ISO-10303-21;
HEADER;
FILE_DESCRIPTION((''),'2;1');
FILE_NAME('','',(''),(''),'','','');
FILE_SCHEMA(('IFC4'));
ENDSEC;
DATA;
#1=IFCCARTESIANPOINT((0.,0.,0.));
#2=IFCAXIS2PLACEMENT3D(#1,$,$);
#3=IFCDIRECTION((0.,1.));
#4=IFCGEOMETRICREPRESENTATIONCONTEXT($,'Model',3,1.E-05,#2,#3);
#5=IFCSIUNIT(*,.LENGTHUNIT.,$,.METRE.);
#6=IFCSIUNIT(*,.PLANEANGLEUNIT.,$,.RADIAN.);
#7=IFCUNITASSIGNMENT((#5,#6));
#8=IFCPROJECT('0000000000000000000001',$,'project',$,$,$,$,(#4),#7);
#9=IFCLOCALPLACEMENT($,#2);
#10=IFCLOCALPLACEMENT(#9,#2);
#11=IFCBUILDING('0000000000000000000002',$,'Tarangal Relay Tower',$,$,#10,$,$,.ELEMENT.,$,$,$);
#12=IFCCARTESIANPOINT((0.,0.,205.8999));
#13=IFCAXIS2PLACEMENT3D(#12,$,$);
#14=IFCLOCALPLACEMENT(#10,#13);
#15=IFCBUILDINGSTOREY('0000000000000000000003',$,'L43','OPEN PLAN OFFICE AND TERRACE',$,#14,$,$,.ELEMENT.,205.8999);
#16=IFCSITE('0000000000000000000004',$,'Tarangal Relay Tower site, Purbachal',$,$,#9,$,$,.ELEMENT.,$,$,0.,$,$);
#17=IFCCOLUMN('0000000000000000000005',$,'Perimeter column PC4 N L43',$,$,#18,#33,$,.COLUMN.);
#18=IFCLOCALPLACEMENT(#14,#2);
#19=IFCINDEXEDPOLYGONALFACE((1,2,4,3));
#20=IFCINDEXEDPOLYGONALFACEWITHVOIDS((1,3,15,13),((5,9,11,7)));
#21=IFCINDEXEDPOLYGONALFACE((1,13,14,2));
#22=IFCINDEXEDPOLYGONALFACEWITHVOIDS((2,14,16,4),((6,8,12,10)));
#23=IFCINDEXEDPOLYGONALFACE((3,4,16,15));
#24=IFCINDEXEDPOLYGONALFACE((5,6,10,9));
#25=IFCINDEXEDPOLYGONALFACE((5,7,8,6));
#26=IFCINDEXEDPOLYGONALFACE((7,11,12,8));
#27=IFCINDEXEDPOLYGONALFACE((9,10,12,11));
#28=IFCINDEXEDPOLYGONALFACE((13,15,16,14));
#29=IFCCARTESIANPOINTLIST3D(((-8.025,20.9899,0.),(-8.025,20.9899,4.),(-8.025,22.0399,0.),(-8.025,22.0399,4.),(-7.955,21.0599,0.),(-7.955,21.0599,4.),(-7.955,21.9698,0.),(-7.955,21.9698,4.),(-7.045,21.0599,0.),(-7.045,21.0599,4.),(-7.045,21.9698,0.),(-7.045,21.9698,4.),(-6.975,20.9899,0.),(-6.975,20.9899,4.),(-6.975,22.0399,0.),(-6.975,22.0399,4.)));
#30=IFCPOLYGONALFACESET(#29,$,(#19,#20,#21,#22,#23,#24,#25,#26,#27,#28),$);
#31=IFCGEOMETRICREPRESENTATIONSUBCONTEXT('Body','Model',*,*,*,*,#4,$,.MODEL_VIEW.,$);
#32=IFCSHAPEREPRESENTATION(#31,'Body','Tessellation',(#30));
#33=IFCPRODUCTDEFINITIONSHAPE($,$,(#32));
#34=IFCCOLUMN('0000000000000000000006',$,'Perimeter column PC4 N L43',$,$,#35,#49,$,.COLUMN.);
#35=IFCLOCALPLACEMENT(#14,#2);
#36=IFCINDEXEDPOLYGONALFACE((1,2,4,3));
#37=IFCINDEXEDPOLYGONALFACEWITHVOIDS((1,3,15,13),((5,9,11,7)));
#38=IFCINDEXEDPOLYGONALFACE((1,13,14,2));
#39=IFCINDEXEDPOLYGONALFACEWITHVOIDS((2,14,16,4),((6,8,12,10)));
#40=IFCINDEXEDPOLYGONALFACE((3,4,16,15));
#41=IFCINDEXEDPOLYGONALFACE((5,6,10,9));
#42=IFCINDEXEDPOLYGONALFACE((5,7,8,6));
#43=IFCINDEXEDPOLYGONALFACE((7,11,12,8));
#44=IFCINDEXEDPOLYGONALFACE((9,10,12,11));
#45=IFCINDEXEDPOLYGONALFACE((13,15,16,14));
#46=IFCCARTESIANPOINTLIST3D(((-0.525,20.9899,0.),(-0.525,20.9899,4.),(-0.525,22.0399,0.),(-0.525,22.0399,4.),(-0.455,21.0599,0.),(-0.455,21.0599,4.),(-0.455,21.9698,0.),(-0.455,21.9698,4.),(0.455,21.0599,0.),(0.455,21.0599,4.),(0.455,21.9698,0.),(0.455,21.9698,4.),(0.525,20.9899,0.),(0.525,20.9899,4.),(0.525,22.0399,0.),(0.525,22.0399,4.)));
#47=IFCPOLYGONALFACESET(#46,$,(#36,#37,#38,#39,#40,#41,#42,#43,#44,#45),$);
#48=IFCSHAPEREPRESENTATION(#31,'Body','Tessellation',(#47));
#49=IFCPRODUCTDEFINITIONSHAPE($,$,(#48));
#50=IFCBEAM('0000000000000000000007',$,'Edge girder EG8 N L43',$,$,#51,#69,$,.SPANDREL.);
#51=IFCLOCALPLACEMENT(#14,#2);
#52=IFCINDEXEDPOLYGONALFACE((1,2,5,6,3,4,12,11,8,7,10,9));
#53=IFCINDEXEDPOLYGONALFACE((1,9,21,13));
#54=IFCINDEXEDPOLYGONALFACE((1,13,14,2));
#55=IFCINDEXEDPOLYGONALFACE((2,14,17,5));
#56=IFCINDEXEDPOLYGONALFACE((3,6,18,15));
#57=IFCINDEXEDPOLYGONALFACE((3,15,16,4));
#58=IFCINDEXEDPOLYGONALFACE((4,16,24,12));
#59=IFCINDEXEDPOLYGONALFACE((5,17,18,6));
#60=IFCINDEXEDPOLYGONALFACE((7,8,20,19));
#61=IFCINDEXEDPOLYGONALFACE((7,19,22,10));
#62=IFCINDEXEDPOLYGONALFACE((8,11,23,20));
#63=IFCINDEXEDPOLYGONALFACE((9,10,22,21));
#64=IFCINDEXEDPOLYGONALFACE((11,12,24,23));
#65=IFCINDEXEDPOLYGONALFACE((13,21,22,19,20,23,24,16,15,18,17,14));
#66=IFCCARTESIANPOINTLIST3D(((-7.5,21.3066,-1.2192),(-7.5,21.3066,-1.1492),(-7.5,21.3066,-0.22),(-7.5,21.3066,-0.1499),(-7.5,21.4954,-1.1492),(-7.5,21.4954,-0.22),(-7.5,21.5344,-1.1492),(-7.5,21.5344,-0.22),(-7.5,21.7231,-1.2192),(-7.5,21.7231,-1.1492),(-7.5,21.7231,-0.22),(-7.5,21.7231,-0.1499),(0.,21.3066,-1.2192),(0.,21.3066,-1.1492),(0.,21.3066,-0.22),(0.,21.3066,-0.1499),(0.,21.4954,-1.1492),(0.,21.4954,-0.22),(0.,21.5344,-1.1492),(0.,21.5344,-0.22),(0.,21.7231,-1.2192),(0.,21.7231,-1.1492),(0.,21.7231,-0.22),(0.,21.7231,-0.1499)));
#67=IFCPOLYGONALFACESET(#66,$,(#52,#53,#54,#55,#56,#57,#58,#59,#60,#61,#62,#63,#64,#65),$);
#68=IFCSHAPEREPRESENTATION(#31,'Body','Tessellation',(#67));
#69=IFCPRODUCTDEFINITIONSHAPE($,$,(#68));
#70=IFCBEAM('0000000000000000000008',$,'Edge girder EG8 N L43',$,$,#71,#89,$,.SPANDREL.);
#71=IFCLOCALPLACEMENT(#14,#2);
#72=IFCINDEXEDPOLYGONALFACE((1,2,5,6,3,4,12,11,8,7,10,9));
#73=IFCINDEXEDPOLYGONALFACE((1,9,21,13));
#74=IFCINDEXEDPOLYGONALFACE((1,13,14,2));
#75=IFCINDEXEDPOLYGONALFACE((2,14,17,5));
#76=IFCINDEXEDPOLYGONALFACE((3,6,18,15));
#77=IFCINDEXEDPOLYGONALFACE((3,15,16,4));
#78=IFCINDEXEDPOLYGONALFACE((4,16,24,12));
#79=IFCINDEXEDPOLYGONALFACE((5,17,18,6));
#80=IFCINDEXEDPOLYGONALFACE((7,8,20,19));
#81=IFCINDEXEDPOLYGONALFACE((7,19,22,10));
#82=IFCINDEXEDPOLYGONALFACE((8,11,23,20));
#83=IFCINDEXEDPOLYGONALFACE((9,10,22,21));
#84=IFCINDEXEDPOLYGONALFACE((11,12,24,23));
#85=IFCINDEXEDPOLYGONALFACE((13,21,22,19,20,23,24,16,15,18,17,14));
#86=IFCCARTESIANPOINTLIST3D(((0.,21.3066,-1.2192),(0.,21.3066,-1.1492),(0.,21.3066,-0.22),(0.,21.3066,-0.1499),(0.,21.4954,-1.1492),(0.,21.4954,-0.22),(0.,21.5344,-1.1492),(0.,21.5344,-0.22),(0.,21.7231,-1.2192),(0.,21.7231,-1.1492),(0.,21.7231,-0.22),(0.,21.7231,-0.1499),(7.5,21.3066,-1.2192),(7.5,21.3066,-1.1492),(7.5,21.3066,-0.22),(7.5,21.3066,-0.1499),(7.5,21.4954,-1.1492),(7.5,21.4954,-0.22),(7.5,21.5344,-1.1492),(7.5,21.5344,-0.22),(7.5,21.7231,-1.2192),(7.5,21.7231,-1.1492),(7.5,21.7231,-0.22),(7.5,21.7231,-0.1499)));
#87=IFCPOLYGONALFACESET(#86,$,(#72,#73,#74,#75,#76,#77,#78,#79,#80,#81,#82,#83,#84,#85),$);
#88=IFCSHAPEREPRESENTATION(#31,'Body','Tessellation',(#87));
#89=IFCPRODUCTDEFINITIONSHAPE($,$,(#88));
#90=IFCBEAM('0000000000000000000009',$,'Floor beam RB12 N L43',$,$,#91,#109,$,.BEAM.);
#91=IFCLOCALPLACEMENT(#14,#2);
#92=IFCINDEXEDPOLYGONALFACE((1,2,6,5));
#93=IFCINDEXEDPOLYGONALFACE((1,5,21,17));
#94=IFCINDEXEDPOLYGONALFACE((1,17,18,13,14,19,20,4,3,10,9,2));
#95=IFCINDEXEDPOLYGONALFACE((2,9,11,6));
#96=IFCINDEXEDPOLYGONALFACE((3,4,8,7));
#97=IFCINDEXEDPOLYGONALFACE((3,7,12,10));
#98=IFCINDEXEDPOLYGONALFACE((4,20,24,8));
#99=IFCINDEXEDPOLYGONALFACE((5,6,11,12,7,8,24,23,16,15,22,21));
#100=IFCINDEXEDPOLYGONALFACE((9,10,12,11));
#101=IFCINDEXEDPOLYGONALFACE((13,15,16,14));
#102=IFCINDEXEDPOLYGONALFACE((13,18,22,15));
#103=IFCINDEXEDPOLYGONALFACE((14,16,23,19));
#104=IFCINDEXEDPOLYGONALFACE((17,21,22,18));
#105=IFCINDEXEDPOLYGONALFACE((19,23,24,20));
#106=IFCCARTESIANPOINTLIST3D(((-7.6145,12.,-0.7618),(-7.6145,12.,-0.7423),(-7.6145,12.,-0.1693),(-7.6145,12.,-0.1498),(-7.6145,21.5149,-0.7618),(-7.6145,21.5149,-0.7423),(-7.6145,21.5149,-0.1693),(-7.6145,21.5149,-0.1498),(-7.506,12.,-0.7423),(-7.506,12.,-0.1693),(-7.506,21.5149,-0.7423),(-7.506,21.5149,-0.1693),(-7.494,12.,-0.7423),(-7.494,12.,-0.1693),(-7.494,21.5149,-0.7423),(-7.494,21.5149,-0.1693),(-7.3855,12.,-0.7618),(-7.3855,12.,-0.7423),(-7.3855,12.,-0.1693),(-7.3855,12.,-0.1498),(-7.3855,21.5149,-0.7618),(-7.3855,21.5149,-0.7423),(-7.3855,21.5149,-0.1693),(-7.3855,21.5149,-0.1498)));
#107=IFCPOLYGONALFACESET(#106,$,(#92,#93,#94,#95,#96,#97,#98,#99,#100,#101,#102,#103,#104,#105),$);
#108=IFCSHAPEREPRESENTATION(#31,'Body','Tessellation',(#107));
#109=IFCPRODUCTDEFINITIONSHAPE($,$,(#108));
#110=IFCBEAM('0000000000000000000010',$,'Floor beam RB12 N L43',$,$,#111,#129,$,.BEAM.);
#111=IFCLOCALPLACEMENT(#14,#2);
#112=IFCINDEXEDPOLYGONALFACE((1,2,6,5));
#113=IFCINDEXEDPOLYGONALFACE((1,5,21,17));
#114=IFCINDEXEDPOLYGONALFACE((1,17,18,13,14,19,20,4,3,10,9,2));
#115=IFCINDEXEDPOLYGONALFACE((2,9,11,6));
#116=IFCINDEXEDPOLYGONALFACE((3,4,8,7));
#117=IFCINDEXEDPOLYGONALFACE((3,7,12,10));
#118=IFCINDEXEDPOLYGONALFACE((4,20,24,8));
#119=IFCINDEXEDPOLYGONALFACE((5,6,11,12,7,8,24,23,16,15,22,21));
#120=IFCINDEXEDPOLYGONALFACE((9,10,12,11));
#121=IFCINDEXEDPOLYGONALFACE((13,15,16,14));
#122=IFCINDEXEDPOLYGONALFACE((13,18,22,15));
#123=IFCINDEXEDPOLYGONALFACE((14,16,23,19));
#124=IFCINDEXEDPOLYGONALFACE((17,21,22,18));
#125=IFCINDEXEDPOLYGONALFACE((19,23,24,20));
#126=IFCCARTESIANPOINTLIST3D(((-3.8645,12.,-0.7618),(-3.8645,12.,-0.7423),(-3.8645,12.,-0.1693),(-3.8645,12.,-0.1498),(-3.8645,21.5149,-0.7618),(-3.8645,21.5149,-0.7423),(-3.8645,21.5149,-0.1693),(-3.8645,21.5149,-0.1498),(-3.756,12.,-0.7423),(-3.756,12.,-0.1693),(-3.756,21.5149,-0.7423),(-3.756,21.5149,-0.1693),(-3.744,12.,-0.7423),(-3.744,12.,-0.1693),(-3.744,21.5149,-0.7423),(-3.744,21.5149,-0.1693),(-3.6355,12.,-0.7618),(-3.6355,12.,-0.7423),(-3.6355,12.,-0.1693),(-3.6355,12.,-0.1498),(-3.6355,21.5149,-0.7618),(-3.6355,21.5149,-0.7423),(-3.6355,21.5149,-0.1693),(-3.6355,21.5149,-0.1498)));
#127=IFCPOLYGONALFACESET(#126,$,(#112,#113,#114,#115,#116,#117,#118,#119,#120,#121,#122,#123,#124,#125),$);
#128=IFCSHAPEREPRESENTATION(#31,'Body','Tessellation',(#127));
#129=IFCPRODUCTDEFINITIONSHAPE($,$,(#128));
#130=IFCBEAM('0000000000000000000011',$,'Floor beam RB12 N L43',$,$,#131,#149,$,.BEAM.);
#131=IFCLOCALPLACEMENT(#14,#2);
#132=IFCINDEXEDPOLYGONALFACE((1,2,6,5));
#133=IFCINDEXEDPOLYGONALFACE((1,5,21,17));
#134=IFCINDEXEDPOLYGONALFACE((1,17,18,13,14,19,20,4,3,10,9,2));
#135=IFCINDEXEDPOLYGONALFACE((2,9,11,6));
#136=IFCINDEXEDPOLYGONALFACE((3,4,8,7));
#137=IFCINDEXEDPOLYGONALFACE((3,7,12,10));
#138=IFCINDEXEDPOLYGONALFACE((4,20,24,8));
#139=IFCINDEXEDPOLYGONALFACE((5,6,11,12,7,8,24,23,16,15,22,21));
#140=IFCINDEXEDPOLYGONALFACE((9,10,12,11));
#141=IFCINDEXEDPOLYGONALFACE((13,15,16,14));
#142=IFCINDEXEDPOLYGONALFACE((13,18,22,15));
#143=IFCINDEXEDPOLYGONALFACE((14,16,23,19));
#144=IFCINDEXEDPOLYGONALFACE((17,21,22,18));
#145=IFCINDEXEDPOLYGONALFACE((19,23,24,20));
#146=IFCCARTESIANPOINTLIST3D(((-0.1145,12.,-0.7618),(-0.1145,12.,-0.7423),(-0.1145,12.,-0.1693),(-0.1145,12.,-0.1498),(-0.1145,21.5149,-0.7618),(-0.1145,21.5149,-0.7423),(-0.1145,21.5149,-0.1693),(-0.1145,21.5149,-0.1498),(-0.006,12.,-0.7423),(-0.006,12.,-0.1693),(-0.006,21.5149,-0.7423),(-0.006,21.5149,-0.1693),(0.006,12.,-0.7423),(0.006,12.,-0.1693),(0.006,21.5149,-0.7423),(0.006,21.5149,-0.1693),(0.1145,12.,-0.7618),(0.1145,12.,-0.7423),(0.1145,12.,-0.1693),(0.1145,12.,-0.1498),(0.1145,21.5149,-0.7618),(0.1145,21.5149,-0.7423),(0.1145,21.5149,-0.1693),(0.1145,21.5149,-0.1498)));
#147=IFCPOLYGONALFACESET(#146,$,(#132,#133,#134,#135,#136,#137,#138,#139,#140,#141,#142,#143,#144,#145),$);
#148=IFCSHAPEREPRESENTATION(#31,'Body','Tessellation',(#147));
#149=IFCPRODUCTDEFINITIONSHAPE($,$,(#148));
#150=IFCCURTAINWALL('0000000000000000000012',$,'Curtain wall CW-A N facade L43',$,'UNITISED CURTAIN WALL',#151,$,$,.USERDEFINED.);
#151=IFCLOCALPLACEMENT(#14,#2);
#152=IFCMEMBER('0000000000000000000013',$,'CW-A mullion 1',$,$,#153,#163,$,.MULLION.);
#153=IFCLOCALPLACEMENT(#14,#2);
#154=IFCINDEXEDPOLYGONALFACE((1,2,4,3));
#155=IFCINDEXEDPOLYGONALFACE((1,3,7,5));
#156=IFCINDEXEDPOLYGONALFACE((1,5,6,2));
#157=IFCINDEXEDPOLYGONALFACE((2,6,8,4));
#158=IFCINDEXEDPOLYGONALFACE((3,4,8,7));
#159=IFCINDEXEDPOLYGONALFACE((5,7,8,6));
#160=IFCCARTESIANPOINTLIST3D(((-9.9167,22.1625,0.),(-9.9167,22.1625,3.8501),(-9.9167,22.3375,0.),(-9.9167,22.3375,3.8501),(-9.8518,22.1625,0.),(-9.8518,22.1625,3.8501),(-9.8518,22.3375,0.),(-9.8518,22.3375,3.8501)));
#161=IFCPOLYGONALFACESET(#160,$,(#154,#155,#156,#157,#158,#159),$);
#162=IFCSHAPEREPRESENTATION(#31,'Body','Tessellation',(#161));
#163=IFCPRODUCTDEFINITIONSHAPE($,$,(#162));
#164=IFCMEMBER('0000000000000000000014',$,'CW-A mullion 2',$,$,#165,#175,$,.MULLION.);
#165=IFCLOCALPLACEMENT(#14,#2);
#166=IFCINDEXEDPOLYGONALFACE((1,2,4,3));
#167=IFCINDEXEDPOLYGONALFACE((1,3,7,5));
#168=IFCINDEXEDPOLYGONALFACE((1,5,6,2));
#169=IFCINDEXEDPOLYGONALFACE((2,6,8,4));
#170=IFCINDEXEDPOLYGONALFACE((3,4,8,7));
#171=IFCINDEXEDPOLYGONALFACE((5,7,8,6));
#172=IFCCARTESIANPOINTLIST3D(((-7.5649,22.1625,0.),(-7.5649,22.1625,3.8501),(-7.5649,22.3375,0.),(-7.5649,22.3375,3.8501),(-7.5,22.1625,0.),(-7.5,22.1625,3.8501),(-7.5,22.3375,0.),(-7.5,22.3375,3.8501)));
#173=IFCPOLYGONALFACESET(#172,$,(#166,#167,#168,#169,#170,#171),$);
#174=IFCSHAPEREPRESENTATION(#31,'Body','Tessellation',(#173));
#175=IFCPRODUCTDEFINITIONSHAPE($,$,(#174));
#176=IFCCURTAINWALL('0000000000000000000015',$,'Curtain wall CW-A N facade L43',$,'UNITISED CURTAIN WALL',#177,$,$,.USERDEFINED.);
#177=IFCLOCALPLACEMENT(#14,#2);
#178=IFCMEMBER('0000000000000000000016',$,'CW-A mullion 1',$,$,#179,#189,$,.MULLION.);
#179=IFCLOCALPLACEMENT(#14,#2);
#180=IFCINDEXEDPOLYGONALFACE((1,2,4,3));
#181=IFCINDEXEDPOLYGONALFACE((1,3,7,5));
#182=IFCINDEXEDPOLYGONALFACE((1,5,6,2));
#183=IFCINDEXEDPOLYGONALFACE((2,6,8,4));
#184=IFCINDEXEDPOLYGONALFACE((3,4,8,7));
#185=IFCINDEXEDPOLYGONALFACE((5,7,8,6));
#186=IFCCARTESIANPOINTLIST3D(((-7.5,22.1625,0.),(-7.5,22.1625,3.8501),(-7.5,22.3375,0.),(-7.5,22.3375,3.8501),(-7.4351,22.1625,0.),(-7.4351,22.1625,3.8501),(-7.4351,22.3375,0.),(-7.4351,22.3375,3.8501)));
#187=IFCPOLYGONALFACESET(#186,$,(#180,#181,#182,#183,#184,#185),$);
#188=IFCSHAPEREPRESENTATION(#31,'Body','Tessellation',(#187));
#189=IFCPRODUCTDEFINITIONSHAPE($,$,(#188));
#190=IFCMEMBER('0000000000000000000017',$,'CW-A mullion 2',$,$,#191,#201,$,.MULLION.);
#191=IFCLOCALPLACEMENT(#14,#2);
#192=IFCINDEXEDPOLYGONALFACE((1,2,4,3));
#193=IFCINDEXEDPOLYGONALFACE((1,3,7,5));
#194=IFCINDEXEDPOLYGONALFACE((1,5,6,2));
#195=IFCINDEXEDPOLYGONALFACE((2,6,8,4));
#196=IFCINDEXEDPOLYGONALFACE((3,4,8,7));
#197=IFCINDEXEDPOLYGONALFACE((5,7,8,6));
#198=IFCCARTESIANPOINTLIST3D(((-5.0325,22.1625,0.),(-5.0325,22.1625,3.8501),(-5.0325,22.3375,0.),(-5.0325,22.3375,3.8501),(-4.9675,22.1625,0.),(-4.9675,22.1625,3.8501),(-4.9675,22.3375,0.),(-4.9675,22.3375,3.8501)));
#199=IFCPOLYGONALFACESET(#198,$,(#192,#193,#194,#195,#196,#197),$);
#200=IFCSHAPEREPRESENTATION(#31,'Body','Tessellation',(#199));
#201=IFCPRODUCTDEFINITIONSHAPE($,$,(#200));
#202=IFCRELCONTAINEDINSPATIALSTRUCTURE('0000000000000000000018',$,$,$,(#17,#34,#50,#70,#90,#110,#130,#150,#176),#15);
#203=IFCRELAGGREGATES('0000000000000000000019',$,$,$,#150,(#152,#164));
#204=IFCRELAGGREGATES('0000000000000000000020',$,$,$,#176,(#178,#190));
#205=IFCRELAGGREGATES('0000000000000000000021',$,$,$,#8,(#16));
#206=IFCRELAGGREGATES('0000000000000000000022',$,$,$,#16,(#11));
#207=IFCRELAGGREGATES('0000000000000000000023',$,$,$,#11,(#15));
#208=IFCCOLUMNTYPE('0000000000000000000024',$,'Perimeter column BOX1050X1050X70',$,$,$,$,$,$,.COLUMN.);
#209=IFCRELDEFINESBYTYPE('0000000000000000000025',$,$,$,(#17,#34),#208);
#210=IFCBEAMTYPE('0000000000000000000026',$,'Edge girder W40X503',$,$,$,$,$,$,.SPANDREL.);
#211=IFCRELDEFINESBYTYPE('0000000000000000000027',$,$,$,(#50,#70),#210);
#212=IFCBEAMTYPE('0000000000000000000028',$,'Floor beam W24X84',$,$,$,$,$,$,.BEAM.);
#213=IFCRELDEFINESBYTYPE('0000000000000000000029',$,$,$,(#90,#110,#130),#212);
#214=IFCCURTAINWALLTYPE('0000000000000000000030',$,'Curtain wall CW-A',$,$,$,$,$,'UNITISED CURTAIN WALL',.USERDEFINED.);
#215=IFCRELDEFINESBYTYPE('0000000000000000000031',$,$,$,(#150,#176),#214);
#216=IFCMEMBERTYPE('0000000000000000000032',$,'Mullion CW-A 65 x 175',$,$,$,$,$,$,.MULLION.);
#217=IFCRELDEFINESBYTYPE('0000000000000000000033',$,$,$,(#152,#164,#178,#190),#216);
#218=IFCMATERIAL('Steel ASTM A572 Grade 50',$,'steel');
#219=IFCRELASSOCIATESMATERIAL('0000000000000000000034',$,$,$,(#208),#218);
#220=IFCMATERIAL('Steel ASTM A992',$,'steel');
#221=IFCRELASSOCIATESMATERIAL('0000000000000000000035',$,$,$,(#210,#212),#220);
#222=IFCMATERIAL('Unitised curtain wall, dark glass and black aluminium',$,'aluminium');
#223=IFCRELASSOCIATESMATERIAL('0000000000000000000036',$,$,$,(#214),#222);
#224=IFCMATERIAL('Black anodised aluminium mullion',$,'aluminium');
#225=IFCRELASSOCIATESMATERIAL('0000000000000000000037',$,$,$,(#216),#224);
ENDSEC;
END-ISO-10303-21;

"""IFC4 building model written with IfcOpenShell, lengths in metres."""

from ifc_helpers import new_model, si_unit, direction, frame, origin, origin_2d, place, context, subcontext, project, spatial, rectangle, hollow_rectangle, i_section, extrude, material, material_profile, profile_set, type_object, element, aggregate, save


model = new_model("IFC4")

# Units and contexts
model_context = context("Model", 3, precision=1e-05, world=origin(), true_north=direction((0.0, 1.0)))
body_context = subcontext(model_context, "Body", "Model", "MODEL_VIEW")
ifc_project = project(units=[si_unit("LENGTHUNIT", "METRE"), si_unit("PLANEANGLEUNIT", "RADIAN")], contexts=[model_context])

# Site, building, storey
site_placement = place(None, origin())
site = spatial("IfcSite", under=ifc_project, at=site_placement, Name="Tarangal Relay Tower site, Purbachal", CompositionType="ELEMENT", RefElevation=0.0)
building_placement = place(site_placement, origin())
building = spatial("IfcBuilding", under=site, at=building_placement, Name="Tarangal Relay Tower", CompositionType="ELEMENT")
storey_placement = place(building_placement, frame((0.0, 0.0, 205.8999)))
storey = spatial("IfcBuildingStorey", under=building, at=storey_placement, Name="L43", Description="OPEN PLAN OFFICE AND TERRACE", CompositionType="ELEMENT", Elevation=205.8999)

# Columns
ifc_material_1 = material(Name="Steel ASTM A572 Grade 50", Category="steel")
ifc_material_profile_1 = material_profile(ifc_material_1, hollow_rectangle(XDim=1.05, YDim=1.05, WallThickness=0.0701, at=origin_2d()), Name="BOX1050X1050X70")
ifc_profile_set_1 = profile_set([ifc_material_profile_1], Name="Steel ASTM A572 Grade 50")
column_type = type_object("IfcColumnType", Name="Perimeter column BOX1050X1050X70", PredefinedType="COLUMN", material=ifc_profile_set_1)
for number, where, z_axis, x_axis, name in (
    (1, (-7.5, 21.5149, 0.0), (0.0, 0.0, 1.0), (1.0, 0.0, 0.0), "Perimeter column PC4 N L43"),
    (2, (0.0, 21.5149, 0.0), (0.0, 0.0, 1.0), (1.0, 0.0, 0.0), "Perimeter column PC4 N L43"),
):
    element("IfcColumn", number, at=place(storey_placement, frame(where, z_axis=z_axis, x_axis=x_axis)), inside=storey, type_object=column_type, Name=name, PredefinedType="COLUMN", context=body_context, shape_type="SweptSolid", body=[
        extrude(hollow_rectangle(XDim=1.05, YDim=1.05, WallThickness=0.0701, at=origin_2d()), origin(), (0.0, 0.0, 1.0), 4.0),
    ])

# Beams
ifc_material_2 = material(Name="Steel ASTM A992", Category="steel")
ifc_material_profile_2 = material_profile(ifc_material_2, i_section(OverallWidth=0.4165, OverallDepth=1.0693, WebThickness=0.0391, FlangeThickness=0.0701, at=origin_2d()), Name="W40X503")
ifc_profile_set_2 = profile_set([ifc_material_profile_2], Name="Steel ASTM A992")
beam_type_1 = type_object("IfcBeamType", Name="Edge girder W40X503", PredefinedType="SPANDREL", material=ifc_profile_set_2)
for number, where, z_axis, x_axis, name in (
    (3, (-7.5, 21.5149, -0.6846), (1.0, 0.0, 0.0), (0.0, 1.0, 0.0), "Edge girder EG8 N L43"),
    (4, (0.0, 21.5149, -0.6846), (1.0, 0.0, 0.0), (0.0, 1.0, 0.0), "Edge girder EG8 N L43"),
):
    element("IfcBeam", number, at=place(storey_placement, frame(where, z_axis=z_axis, x_axis=x_axis)), inside=storey, type_object=beam_type_1, Name=name, PredefinedType="SPANDREL", context=body_context, shape_type="SweptSolid", body=[
        extrude(i_section(OverallWidth=0.4165, OverallDepth=1.0693, WebThickness=0.0391, FlangeThickness=0.0701, at=origin_2d()), origin(), (0.0, 0.0, 1.0), 7.5),
    ])
ifc_material_profile_3 = material_profile(ifc_material_2, i_section(OverallWidth=0.229, OverallDepth=0.6121, WebThickness=0.012, FlangeThickness=0.0195, at=origin_2d()), Name="W24X84")
ifc_profile_set_3 = profile_set([ifc_material_profile_3], Name="Steel ASTM A992")
beam_type_2 = type_object("IfcBeamType", Name="Floor beam W24X84", PredefinedType="BEAM", material=ifc_profile_set_3)
for number, where, z_axis, x_axis, name in (
    (5, (-7.5, 12.0, -0.4558), (0.0, 1.0, 0.0), (-1.0, 0.0, 0.0), "Floor beam RB12 N L43"),
    (6, (-3.75, 12.0, -0.4558), (0.0, 1.0, 0.0), (-1.0, 0.0, 0.0), "Floor beam RB12 N L43"),
    (7, (0.0, 12.0, -0.4558), (0.0, 1.0, 0.0), (-1.0, 0.0, 0.0), "Floor beam RB12 N L43"),
):
    element("IfcBeam", number, at=place(storey_placement, frame(where, z_axis=z_axis, x_axis=x_axis)), inside=storey, type_object=beam_type_2, Name=name, PredefinedType="BEAM", context=body_context, shape_type="SweptSolid", body=[
        extrude(i_section(OverallWidth=0.229, OverallDepth=0.6121, WebThickness=0.012, FlangeThickness=0.0195, at=origin_2d()), origin(), (0.0, 0.0, 1.0), 9.5149),
    ])

# Curtain walls, members
ifc_material_3 = material(Name="Unitised curtain wall, dark glass and black aluminium", Category="aluminium")
curtain_wall_type_1 = type_object("IfcCurtainWallType", Name="Curtain wall CW-A", ElementType="UNITISED CURTAIN WALL", PredefinedType="USERDEFINED", material=ifc_material_3)
curtain_wall_1_placement = place(storey_placement, origin())
curtain_wall_1 = element("IfcCurtainWall", 8, at=curtain_wall_1_placement, inside=storey, type_object=curtain_wall_type_1, Name="Curtain wall CW-A N facade L43", ObjectType="UNITISED CURTAIN WALL", PredefinedType="USERDEFINED")
ifc_material_4 = material(Name="Black anodised aluminium mullion", Category="aluminium")
ifc_material_profile_4 = material_profile(ifc_material_4, rectangle(XDim=0.175, YDim=0.0649, at=origin_2d()), Name="CW-AM 65X175")
ifc_profile_set_4 = profile_set([ifc_material_profile_4], Name="Black anodised aluminium mullion")
member_type_1 = type_object("IfcMemberType", Name="Mullion CW-A 65 x 175", PredefinedType="MULLION", material=ifc_profile_set_4)
member_1_placement = place(storey_placement, frame((-9.8843, 22.25, 0.0), z_axis=(0.0, 0.0, 1.0), x_axis=(0.0, 1.0, 0.0)))
member_1 = element("IfcMember", 9, at=member_1_placement, type_object=member_type_1, Name="CW-A mullion 1", PredefinedType="MULLION", context=body_context, shape_type="SweptSolid", body=[
    extrude(rectangle(XDim=0.175, YDim=0.0649, at=origin_2d()), origin(), (0.0, 0.0, 1.0), 3.8501),
])
member_2_placement = place(storey_placement, frame((-7.5325, 22.25, 0.0), z_axis=(0.0, 0.0, 1.0), x_axis=(0.0, 1.0, 0.0)))
member_2 = element("IfcMember", 10, at=member_2_placement, type_object=member_type_1, Name="CW-A mullion 2", PredefinedType="MULLION", context=body_context, shape_type="SweptSolid", body=[
    extrude(rectangle(XDim=0.175, YDim=0.0649, at=origin_2d()), origin(), (0.0, 0.0, 1.0), 3.8501),
])
curtain_wall_2_placement = place(storey_placement, origin())
curtain_wall_2 = element("IfcCurtainWall", 11, at=curtain_wall_2_placement, inside=storey, type_object=curtain_wall_type_1, Name="Curtain wall CW-A N facade L43", ObjectType="UNITISED CURTAIN WALL", PredefinedType="USERDEFINED")
member_3_placement = place(storey_placement, frame((-7.4675, 22.25, 0.0), z_axis=(0.0, 0.0, 1.0), x_axis=(0.0, 1.0, 0.0)))
member_3 = element("IfcMember", 12, at=member_3_placement, type_object=member_type_1, Name="CW-A mullion 1", PredefinedType="MULLION", context=body_context, shape_type="SweptSolid", body=[
    extrude(rectangle(XDim=0.175, YDim=0.0649, at=origin_2d()), origin(), (0.0, 0.0, 1.0), 3.8501),
])
member_4_placement = place(storey_placement, frame((-5.0, 22.25, 0.0), z_axis=(0.0, 0.0, 1.0), x_axis=(0.0, 1.0, 0.0)))
member_4 = element("IfcMember", 13, at=member_4_placement, type_object=member_type_1, Name="CW-A mullion 2", PredefinedType="MULLION", context=body_context, shape_type="SweptSolid", body=[
    extrude(rectangle(XDim=0.175, YDim=0.0649, at=origin_2d()), origin(), (0.0, 0.0, 1.0), 3.8501),
])

aggregate(curtain_wall_1, [member_1, member_2])
aggregate(curtain_wall_2, [member_3, member_4])

save(model, "model.ifc")
